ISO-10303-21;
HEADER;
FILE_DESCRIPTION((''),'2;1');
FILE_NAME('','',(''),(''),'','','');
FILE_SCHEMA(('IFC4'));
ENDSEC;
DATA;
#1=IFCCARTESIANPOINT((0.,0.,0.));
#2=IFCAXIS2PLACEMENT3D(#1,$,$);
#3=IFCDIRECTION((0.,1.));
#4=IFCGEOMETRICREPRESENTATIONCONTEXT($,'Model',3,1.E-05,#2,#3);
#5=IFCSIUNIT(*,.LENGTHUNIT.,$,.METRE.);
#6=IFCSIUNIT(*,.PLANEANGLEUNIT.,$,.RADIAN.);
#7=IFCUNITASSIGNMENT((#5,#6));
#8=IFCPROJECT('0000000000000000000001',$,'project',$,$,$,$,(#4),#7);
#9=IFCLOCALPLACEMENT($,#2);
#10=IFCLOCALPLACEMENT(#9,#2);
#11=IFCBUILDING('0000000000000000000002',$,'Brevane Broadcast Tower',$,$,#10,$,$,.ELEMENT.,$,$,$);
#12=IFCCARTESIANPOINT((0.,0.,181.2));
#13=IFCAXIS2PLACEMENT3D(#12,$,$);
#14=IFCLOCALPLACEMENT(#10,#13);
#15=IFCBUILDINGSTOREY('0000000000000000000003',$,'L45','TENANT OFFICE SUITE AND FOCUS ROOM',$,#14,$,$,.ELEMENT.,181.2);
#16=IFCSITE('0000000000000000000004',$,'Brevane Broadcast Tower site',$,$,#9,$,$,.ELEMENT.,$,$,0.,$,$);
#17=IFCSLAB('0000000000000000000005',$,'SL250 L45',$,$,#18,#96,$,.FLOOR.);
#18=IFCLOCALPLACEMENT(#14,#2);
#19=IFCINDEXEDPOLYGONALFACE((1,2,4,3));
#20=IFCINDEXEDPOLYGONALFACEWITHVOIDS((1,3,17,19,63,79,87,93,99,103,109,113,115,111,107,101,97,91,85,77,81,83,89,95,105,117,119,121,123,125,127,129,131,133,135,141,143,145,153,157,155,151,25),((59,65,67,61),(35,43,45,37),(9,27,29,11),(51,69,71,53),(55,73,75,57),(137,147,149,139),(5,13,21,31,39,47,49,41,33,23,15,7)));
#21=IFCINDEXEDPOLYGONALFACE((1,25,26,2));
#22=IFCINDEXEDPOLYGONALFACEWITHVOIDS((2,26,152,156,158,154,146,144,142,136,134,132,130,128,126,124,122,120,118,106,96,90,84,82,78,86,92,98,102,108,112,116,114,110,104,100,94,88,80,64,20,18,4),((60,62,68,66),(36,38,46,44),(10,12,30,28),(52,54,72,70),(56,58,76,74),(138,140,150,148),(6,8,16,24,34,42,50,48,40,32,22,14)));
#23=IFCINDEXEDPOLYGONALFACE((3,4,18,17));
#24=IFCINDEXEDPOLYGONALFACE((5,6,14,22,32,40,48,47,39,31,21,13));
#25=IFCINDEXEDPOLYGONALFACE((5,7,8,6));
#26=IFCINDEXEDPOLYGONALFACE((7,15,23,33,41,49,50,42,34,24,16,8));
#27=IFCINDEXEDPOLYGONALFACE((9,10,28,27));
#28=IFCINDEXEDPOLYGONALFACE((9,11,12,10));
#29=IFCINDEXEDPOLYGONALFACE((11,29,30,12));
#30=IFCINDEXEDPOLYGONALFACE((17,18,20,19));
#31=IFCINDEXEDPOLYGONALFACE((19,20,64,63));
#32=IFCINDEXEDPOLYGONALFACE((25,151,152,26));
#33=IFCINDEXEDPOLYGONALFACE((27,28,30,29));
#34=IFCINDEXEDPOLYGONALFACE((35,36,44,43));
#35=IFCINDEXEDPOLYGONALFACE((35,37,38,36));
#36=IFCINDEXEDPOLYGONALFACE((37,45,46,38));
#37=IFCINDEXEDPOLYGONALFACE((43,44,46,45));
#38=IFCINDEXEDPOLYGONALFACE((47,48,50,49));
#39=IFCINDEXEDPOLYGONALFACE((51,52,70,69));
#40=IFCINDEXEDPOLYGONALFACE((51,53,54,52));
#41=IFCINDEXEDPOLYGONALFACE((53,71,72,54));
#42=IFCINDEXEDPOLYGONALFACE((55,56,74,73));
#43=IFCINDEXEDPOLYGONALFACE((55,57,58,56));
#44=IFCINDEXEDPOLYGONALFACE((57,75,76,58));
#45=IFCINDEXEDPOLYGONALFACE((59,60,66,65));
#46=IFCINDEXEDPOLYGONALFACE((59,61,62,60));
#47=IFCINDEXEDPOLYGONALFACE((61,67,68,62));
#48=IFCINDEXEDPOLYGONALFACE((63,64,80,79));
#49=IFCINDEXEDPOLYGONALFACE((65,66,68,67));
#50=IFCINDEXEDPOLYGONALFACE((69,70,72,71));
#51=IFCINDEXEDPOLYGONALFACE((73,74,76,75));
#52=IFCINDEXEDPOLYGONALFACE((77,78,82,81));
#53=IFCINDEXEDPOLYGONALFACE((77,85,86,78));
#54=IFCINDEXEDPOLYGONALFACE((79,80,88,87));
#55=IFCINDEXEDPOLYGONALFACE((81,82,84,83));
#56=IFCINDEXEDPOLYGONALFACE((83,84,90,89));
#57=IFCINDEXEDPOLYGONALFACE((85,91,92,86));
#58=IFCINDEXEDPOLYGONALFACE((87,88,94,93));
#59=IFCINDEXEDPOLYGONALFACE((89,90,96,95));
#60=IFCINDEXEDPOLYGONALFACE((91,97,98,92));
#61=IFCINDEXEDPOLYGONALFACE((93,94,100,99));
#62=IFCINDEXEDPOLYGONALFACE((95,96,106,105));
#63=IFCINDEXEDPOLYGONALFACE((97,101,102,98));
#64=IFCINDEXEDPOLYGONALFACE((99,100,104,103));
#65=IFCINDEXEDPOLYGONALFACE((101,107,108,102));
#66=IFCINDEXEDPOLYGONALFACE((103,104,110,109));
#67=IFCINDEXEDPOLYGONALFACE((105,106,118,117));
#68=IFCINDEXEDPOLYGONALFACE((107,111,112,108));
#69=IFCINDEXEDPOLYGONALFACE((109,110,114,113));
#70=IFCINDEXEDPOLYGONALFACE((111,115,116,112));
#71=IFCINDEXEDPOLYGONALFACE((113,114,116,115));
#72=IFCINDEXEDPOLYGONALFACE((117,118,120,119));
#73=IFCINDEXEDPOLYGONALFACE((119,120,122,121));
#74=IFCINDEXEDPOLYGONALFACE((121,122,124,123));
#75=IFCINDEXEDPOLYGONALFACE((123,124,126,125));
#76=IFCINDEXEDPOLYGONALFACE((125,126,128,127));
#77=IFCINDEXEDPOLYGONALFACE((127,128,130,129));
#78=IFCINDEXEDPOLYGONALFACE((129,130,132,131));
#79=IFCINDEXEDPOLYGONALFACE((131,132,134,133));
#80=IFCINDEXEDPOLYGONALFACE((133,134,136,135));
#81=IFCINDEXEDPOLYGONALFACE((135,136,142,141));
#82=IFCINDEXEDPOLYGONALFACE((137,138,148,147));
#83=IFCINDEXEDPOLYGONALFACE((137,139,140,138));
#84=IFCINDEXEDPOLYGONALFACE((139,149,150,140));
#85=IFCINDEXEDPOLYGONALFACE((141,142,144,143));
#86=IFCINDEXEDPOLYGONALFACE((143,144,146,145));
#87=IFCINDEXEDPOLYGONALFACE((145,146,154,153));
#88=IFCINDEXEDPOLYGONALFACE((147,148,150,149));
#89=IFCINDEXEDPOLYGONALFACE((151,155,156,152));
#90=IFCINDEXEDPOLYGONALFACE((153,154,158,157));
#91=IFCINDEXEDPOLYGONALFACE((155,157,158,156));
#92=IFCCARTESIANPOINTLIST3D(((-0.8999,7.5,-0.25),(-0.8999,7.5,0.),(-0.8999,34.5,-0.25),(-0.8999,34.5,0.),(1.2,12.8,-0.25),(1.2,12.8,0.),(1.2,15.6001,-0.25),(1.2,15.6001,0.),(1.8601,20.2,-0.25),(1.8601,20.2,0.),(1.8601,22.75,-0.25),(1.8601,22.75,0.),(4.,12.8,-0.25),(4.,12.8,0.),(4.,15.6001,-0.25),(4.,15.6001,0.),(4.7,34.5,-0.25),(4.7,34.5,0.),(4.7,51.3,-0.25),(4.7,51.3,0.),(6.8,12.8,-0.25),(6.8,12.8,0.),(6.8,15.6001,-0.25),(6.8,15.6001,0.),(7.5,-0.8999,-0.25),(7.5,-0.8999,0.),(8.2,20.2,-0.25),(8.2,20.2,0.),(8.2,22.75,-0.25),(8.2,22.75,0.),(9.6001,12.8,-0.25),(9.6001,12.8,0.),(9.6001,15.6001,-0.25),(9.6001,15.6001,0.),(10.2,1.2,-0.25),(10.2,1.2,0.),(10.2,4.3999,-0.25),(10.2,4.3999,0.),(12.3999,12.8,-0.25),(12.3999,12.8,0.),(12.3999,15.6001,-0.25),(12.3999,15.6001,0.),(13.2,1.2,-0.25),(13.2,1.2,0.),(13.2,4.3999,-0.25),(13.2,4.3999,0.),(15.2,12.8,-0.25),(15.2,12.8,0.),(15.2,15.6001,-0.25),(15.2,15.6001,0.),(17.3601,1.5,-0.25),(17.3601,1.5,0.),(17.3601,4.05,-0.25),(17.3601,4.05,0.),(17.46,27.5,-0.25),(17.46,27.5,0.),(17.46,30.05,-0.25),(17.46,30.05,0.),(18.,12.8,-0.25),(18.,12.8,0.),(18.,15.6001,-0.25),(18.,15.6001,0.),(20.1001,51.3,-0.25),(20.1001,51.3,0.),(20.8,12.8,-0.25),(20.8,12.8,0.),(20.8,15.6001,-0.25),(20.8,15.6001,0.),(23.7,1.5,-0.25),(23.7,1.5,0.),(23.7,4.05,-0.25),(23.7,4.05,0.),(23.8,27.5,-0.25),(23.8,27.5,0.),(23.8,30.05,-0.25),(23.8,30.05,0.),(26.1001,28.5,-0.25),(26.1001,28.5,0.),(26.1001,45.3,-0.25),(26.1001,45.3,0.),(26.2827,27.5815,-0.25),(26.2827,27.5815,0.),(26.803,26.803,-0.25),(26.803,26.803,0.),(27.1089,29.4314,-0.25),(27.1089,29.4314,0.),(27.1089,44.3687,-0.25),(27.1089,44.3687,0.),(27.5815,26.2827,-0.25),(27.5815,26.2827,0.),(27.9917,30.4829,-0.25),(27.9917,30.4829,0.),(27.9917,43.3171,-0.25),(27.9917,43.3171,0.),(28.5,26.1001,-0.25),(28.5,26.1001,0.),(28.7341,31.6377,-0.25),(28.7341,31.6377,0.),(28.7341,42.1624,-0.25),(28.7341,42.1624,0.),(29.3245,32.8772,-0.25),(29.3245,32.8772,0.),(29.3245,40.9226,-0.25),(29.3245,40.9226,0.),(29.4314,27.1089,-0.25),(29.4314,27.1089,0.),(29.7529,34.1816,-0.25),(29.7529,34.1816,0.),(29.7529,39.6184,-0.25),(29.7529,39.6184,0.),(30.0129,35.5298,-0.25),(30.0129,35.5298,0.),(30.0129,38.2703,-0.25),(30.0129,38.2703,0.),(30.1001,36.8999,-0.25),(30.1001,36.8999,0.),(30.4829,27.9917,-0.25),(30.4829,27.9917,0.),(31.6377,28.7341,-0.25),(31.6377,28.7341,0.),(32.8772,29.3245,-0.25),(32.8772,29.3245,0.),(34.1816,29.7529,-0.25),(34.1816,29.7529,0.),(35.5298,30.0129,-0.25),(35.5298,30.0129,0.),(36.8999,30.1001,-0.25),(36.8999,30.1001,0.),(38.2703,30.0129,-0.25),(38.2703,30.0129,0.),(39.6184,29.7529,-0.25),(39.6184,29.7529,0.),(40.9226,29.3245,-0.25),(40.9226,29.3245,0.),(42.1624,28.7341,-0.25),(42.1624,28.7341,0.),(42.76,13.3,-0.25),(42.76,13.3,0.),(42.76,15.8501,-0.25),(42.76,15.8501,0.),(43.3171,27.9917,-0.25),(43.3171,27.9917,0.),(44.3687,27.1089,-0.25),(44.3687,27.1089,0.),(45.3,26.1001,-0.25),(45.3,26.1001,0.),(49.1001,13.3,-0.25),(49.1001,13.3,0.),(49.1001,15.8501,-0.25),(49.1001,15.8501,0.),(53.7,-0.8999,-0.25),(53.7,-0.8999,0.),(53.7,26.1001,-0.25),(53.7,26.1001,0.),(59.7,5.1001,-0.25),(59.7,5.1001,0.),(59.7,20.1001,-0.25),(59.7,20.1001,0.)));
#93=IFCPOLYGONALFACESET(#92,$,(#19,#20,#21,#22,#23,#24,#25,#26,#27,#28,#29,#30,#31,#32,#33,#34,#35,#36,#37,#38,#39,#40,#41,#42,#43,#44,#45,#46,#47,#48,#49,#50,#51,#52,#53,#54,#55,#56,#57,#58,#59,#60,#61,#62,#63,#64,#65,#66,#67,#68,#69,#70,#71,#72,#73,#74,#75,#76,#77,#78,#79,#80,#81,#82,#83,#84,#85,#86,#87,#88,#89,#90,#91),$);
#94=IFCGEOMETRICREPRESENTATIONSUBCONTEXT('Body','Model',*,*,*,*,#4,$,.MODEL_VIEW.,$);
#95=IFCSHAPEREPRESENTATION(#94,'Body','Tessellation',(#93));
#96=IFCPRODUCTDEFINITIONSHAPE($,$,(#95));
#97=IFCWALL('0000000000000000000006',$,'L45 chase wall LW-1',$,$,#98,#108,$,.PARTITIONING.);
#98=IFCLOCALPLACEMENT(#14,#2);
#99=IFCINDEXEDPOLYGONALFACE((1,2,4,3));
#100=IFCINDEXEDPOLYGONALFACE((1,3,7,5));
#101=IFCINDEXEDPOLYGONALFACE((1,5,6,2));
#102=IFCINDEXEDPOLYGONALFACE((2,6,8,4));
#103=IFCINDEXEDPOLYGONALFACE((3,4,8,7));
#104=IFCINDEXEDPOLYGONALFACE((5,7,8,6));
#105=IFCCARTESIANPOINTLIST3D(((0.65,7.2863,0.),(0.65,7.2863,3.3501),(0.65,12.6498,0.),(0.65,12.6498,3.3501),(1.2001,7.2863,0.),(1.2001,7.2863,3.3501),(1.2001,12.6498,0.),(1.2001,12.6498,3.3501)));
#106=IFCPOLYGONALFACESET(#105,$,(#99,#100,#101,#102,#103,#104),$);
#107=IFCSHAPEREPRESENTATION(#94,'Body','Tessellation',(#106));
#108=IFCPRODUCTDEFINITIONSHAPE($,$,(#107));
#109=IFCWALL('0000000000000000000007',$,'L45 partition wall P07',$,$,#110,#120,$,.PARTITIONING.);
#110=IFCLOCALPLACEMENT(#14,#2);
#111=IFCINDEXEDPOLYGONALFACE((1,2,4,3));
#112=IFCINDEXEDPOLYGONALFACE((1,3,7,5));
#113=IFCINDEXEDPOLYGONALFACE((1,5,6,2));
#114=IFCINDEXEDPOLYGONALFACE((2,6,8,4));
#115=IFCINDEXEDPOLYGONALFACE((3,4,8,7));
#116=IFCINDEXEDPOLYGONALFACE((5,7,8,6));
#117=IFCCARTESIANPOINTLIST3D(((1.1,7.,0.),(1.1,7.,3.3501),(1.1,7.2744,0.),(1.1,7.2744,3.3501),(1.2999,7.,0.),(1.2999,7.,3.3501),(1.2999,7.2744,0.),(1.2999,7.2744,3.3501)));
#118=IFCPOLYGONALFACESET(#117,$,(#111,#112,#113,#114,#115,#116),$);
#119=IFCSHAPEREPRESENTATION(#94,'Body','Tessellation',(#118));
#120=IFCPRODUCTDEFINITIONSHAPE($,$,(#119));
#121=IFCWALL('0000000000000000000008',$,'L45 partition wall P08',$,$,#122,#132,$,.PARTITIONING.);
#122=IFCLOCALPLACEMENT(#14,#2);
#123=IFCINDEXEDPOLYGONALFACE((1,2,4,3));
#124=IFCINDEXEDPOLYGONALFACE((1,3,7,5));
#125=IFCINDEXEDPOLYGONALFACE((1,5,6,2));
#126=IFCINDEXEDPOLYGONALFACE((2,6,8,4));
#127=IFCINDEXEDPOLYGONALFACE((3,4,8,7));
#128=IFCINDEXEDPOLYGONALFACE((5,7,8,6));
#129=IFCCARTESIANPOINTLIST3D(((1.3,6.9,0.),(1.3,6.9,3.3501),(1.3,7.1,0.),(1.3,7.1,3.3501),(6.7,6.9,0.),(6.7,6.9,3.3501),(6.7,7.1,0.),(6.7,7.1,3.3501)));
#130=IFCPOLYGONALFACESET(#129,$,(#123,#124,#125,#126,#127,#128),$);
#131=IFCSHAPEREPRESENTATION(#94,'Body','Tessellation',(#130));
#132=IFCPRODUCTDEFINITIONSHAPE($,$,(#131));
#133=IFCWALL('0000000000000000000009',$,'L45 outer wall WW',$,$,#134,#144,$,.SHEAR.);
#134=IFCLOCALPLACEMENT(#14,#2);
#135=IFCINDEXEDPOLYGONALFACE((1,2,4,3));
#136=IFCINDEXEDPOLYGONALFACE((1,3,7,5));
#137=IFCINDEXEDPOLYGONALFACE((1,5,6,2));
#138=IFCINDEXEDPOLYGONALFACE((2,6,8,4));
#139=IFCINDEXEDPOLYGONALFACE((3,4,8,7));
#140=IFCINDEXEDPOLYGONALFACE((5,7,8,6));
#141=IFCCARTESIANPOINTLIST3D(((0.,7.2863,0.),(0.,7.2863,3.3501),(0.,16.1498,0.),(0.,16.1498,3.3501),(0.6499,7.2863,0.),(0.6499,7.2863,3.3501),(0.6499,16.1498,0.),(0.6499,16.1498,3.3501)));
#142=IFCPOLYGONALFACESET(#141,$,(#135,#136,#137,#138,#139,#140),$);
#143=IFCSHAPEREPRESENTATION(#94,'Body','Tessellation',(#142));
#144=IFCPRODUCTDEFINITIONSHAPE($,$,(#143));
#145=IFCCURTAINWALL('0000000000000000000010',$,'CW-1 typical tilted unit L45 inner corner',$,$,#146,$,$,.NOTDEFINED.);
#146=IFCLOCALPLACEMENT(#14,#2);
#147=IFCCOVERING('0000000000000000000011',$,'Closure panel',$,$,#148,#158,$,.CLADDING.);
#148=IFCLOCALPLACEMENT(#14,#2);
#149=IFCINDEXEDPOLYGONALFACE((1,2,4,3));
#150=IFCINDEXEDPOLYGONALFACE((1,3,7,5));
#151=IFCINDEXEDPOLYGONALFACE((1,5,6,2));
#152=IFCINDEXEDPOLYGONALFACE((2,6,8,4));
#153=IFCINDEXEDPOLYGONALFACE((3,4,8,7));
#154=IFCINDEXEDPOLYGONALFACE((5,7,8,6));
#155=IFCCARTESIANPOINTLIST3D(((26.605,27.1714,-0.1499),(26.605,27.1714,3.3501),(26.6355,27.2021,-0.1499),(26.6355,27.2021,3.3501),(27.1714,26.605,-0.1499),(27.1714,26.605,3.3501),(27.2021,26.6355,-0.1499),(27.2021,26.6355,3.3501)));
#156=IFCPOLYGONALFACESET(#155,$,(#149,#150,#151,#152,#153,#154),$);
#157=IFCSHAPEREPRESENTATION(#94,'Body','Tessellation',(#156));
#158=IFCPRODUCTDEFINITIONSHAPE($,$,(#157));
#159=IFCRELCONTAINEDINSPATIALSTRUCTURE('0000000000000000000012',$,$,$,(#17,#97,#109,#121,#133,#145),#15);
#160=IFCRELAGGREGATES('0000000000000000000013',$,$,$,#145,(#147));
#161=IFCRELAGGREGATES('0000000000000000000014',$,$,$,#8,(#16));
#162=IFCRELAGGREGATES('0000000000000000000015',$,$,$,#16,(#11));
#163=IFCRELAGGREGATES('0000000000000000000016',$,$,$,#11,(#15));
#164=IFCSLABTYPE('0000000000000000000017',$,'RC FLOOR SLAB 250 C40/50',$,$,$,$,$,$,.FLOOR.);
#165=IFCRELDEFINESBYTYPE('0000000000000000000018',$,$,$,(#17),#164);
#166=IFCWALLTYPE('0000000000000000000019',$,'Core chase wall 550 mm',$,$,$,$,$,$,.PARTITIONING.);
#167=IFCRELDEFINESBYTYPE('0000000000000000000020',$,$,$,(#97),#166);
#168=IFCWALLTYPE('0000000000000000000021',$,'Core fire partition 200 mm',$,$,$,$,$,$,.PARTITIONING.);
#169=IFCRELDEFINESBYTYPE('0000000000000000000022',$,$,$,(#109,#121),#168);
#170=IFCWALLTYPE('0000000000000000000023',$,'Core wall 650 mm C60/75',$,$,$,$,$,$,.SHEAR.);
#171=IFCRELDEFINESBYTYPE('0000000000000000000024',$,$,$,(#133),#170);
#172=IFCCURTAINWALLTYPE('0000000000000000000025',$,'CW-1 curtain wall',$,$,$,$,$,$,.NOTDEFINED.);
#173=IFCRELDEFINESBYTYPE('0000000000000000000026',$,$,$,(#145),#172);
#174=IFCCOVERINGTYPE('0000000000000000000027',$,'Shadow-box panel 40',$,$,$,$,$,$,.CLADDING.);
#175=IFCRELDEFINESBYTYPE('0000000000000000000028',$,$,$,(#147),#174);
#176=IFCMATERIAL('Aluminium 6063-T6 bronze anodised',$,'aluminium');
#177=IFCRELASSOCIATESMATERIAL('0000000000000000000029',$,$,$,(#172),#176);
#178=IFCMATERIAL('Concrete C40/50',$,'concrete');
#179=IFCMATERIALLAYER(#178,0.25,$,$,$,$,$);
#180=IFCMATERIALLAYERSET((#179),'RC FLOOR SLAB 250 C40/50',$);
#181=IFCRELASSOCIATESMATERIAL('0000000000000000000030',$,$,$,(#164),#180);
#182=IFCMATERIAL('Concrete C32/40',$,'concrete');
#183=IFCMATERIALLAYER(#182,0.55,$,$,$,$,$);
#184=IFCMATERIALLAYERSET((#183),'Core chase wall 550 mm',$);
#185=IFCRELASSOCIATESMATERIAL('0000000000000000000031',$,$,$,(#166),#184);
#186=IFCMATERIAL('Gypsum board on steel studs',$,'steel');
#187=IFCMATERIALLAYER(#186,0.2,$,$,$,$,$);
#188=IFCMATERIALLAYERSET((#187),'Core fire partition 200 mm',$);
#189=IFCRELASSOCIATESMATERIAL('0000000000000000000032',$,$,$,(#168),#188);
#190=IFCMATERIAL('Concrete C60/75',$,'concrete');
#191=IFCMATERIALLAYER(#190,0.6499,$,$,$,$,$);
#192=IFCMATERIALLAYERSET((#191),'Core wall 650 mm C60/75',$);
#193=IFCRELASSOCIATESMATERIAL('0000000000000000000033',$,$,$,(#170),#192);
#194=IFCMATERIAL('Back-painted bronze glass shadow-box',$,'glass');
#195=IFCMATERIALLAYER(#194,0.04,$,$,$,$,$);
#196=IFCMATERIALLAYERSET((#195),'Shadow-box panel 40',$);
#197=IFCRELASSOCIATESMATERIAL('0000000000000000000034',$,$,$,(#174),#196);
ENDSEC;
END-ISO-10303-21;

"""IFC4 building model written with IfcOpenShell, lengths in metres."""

from ifc_helpers import new_model, si_unit, direction, frame, frame_2d, origin, place, context, subcontext, project, spatial, polyline, rectangle, outline, extrude, material, layer, layer_set, type_object, element, aggregate, save


model = new_model("IFC4")

# Units and contexts
model_context = context("Model", 3, precision=1e-05, world=origin(), true_north=direction((0.0, 1.0)))
body_context = subcontext(model_context, "Body", "Model", "MODEL_VIEW")
ifc_project = project(units=[si_unit("LENGTHUNIT", "METRE"), si_unit("PLANEANGLEUNIT", "RADIAN")], contexts=[model_context])

# Site, building, storey
site_placement = place(None, origin())
site = spatial("IfcSite", under=ifc_project, at=site_placement, Name="Brevane Broadcast Tower site", CompositionType="ELEMENT", RefElevation=0.0)
building_placement = place(site_placement, origin())
building = spatial("IfcBuilding", under=site, at=building_placement, Name="Brevane Broadcast Tower", CompositionType="ELEMENT")
storey_placement = place(building_placement, frame((0.0, 0.0, 181.2)))
storey = spatial("IfcBuildingStorey", under=building, at=storey_placement, Name="L45", Description="TENANT OFFICE SUITE AND FOCUS ROOM", CompositionType="ELEMENT", Elevation=181.2)

# Shared definitions
ifc_material_1 = material(Name="Aluminium 6063-T6 bronze anodised", Category="aluminium")
curtain_wall_type = type_object("IfcCurtainWallType", Name="CW-1 curtain wall", PredefinedType="NOTDEFINED", material=ifc_material_1)

# Slab
ifc_material_2 = material(Name="Concrete C40/50", Category="concrete")
ifc_layer_1 = layer(ifc_material_2, 0.25)
ifc_layer_set_1 = layer_set([ifc_layer_1], Name="RC FLOOR SLAB 250 C40/50")
slab_type_1 = type_object("IfcSlabType", Name="RC FLOOR SLAB 250 C40/50", PredefinedType="FLOOR", material=ifc_layer_set_1)
slab_1_placement = place(storey_placement, frame((0.0, 0.0, -0.25)))
element("IfcSlab", 1, at=slab_1_placement, inside=storey, type_object=slab_type_1, Name="SL250 L45", PredefinedType="FLOOR", context=body_context, shape_type="SweptSolid", body=[
    extrude(outline(polyline([(-0.8999, 7.5), (-0.8999, 34.5), (4.7, 34.5), (4.7, 51.3), (20.1001, 51.3), (26.1001, 45.3), (27.1089, 44.3687), (27.9917, 43.3171), (28.7341, 42.1624), (29.3245, 40.9226), (29.7529, 39.6184), (30.0129, 38.2703), (30.1001, 36.8999), (30.0129, 35.5298), (29.7529, 34.1816), (29.3245, 32.8772), (28.7341, 31.6377), (27.9917, 30.4829), (27.1089, 29.4314), (26.1001, 28.5), (26.2827, 27.5815), (26.803, 26.803), (27.5815, 26.2827), (28.5, 26.1001), (29.4314, 27.1089), (30.4829, 27.9917), (31.6377, 28.7341), (32.8772, 29.3245), (34.1816, 29.7529), (35.5298, 30.0129), (36.8999, 30.1001), (38.2703, 30.0129), (39.6184, 29.7529), (40.9226, 29.3245), (42.1624, 28.7341), (43.3171, 27.9917), (44.3687, 27.1089), (45.3, 26.1001), (53.7, 26.1001), (59.7, 20.1001), (59.7, 5.1001), (53.7, -0.8999), (7.5, -0.8999), (-0.8999, 7.5)]), holes=[polyline([(13.2, 4.3999), (10.2, 4.3999), (10.2, 1.2), (13.2, 1.2), (13.2, 4.3999)]), polyline([(4.0, 15.6001), (1.2, 15.6001), (1.2, 12.8), (4.0, 12.8), (6.8, 12.8), (9.6001, 12.8), (12.3999, 12.8), (15.2, 12.8), (15.2, 15.6001), (12.3999, 15.6001), (9.6001, 15.6001), (6.8, 15.6001), (4.0, 15.6001)]), polyline([(1.8601, 22.75), (1.8601, 20.2), (8.2, 20.2), (8.2, 22.75), (1.8601, 22.75)]), polyline([(23.7, 4.05), (17.3601, 4.05), (17.3601, 1.5), (23.7, 1.5), (23.7, 4.05)]), polyline([(20.8, 15.6001), (18.0, 15.6001), (18.0, 12.8), (20.8, 12.8), (20.8, 15.6001)]), polyline([(49.1001, 15.8501), (42.76, 15.8501), (42.76, 13.3), (49.1001, 13.3), (49.1001, 15.8501)]), polyline([(23.8, 30.05), (17.46, 30.05), (17.46, 27.5), (23.8, 27.5), (23.8, 30.05)])]), origin(), (0.0, 0.0, 1.0), 0.25),
])

# Walls
ifc_material_3 = material(Name="Concrete C32/40", Category="concrete")
ifc_layer_2 = layer(ifc_material_3, 0.55)
ifc_layer_set_2 = layer_set([ifc_layer_2], Name="Core chase wall 550 mm")
wall_type_1 = type_object("IfcWallType", Name="Core chase wall 550 mm", PredefinedType="PARTITIONING", material=ifc_layer_set_2)
wall_1_placement = place(storey_placement, frame((0.925, 7.2864, 0.0), z_axis=(0.0, 0.0, 1.0), x_axis=(0.0, 1.0, 0.0)))
element("IfcWall", 2, at=wall_1_placement, inside=storey, type_object=wall_type_1, Name="L45 chase wall LW-1", PredefinedType="PARTITIONING", context=body_context, shape_type="SweptSolid", body=[
    extrude(rectangle(XDim=5.3635, YDim=0.55, at=frame_2d((2.6816, 0.0))), origin(), (0.0, 0.0, 1.0), 3.3501),
])
ifc_material_4 = material(Name="Gypsum board on steel studs", Category="steel")
ifc_layer_3 = layer(ifc_material_4, 0.2)
ifc_layer_set_3 = layer_set([ifc_layer_3], Name="Core fire partition 200 mm")
wall_type_2 = type_object("IfcWallType", Name="Core fire partition 200 mm", PredefinedType="PARTITIONING", material=ifc_layer_set_3)
wall_2_placement = place(storey_placement, frame((1.2, 7.2744, 0.0), z_axis=(0.0, 0.0, 1.0), x_axis=(0.0, -1.0, 0.0)))
element("IfcWall", 3, at=wall_2_placement, inside=storey, type_object=wall_type_2, Name="L45 partition wall P07", PredefinedType="PARTITIONING", context=body_context, shape_type="SweptSolid", body=[
    extrude(rectangle(XDim=0.2744, YDim=0.2, at=frame_2d((0.1372, 0.0))), origin(), (0.0, 0.0, 1.0), 3.3501),
])
wall_3_placement = place(storey_placement, frame((1.3, 7.0, 0.0), z_axis=(0.0, 0.0, 1.0), x_axis=(1.0, 0.0, 0.0)))
element("IfcWall", 4, at=wall_3_placement, inside=storey, type_object=wall_type_2, Name="L45 partition wall P08", PredefinedType="PARTITIONING", context=body_context, shape_type="SweptSolid", body=[
    extrude(rectangle(XDim=5.3999, YDim=0.2, at=frame_2d((2.7, 0.0))), origin(), (0.0, 0.0, 1.0), 3.3501),
])
ifc_material_5 = material(Name="Concrete C60/75", Category="concrete")
ifc_layer_4 = layer(ifc_material_5, 0.6499)
ifc_layer_set_4 = layer_set([ifc_layer_4], Name="Core wall 650 mm C60/75")
wall_type_3 = type_object("IfcWallType", Name="Core wall 650 mm C60/75", PredefinedType="SHEAR", material=ifc_layer_set_4)
wall_4_placement = place(storey_placement, frame((0.325, 7.2864, 0.0), z_axis=(0.0, 0.0, 1.0), x_axis=(0.0, 1.0, 0.0)))
element("IfcWall", 5, at=wall_4_placement, inside=storey, type_object=wall_type_3, Name="L45 outer wall WW", PredefinedType="SHEAR", context=body_context, shape_type="SweptSolid", body=[
    extrude(rectangle(XDim=8.8635, YDim=0.6499, at=frame_2d((4.4316, 0.0))), origin(), (0.0, 0.0, 1.0), 3.3501),
])

# Curtain wall, covering
curtain_wall_1_placement = place(storey_placement, origin())
curtain_wall_1 = element("IfcCurtainWall", 6, at=curtain_wall_1_placement, inside=storey, type_object=curtain_wall_type, Name="CW-1 typical tilted unit L45 inner corner", PredefinedType="NOTDEFINED")
ifc_material_6 = material(Name="Back-painted bronze glass shadow-box", Category="glass")
ifc_layer_5 = layer(ifc_material_6, 0.04)
ifc_layer_set_5 = layer_set([ifc_layer_5], Name="Shadow-box panel 40")
covering_type = type_object("IfcCoveringType", Name="Shadow-box panel 40", PredefinedType="CLADDING", material=ifc_layer_set_5)
covering_placement = place(storey_placement, frame((0.0, 0.0, -0.1499)))
covering = element("IfcCovering", 7, at=covering_placement, type_object=covering_type, Name="Closure panel", PredefinedType="CLADDING", context=body_context, shape_type="SweptSolid", body=[
    extrude(outline(polyline([(27.1714, 26.605), (27.2021, 26.6355), (26.6355, 27.2021), (26.605, 27.1714), (27.1714, 26.605)])), origin(), (0.0, 0.0, 1.0), 3.5),
])
aggregate(curtain_wall_1, [covering])

save(model, "model.ifc")
